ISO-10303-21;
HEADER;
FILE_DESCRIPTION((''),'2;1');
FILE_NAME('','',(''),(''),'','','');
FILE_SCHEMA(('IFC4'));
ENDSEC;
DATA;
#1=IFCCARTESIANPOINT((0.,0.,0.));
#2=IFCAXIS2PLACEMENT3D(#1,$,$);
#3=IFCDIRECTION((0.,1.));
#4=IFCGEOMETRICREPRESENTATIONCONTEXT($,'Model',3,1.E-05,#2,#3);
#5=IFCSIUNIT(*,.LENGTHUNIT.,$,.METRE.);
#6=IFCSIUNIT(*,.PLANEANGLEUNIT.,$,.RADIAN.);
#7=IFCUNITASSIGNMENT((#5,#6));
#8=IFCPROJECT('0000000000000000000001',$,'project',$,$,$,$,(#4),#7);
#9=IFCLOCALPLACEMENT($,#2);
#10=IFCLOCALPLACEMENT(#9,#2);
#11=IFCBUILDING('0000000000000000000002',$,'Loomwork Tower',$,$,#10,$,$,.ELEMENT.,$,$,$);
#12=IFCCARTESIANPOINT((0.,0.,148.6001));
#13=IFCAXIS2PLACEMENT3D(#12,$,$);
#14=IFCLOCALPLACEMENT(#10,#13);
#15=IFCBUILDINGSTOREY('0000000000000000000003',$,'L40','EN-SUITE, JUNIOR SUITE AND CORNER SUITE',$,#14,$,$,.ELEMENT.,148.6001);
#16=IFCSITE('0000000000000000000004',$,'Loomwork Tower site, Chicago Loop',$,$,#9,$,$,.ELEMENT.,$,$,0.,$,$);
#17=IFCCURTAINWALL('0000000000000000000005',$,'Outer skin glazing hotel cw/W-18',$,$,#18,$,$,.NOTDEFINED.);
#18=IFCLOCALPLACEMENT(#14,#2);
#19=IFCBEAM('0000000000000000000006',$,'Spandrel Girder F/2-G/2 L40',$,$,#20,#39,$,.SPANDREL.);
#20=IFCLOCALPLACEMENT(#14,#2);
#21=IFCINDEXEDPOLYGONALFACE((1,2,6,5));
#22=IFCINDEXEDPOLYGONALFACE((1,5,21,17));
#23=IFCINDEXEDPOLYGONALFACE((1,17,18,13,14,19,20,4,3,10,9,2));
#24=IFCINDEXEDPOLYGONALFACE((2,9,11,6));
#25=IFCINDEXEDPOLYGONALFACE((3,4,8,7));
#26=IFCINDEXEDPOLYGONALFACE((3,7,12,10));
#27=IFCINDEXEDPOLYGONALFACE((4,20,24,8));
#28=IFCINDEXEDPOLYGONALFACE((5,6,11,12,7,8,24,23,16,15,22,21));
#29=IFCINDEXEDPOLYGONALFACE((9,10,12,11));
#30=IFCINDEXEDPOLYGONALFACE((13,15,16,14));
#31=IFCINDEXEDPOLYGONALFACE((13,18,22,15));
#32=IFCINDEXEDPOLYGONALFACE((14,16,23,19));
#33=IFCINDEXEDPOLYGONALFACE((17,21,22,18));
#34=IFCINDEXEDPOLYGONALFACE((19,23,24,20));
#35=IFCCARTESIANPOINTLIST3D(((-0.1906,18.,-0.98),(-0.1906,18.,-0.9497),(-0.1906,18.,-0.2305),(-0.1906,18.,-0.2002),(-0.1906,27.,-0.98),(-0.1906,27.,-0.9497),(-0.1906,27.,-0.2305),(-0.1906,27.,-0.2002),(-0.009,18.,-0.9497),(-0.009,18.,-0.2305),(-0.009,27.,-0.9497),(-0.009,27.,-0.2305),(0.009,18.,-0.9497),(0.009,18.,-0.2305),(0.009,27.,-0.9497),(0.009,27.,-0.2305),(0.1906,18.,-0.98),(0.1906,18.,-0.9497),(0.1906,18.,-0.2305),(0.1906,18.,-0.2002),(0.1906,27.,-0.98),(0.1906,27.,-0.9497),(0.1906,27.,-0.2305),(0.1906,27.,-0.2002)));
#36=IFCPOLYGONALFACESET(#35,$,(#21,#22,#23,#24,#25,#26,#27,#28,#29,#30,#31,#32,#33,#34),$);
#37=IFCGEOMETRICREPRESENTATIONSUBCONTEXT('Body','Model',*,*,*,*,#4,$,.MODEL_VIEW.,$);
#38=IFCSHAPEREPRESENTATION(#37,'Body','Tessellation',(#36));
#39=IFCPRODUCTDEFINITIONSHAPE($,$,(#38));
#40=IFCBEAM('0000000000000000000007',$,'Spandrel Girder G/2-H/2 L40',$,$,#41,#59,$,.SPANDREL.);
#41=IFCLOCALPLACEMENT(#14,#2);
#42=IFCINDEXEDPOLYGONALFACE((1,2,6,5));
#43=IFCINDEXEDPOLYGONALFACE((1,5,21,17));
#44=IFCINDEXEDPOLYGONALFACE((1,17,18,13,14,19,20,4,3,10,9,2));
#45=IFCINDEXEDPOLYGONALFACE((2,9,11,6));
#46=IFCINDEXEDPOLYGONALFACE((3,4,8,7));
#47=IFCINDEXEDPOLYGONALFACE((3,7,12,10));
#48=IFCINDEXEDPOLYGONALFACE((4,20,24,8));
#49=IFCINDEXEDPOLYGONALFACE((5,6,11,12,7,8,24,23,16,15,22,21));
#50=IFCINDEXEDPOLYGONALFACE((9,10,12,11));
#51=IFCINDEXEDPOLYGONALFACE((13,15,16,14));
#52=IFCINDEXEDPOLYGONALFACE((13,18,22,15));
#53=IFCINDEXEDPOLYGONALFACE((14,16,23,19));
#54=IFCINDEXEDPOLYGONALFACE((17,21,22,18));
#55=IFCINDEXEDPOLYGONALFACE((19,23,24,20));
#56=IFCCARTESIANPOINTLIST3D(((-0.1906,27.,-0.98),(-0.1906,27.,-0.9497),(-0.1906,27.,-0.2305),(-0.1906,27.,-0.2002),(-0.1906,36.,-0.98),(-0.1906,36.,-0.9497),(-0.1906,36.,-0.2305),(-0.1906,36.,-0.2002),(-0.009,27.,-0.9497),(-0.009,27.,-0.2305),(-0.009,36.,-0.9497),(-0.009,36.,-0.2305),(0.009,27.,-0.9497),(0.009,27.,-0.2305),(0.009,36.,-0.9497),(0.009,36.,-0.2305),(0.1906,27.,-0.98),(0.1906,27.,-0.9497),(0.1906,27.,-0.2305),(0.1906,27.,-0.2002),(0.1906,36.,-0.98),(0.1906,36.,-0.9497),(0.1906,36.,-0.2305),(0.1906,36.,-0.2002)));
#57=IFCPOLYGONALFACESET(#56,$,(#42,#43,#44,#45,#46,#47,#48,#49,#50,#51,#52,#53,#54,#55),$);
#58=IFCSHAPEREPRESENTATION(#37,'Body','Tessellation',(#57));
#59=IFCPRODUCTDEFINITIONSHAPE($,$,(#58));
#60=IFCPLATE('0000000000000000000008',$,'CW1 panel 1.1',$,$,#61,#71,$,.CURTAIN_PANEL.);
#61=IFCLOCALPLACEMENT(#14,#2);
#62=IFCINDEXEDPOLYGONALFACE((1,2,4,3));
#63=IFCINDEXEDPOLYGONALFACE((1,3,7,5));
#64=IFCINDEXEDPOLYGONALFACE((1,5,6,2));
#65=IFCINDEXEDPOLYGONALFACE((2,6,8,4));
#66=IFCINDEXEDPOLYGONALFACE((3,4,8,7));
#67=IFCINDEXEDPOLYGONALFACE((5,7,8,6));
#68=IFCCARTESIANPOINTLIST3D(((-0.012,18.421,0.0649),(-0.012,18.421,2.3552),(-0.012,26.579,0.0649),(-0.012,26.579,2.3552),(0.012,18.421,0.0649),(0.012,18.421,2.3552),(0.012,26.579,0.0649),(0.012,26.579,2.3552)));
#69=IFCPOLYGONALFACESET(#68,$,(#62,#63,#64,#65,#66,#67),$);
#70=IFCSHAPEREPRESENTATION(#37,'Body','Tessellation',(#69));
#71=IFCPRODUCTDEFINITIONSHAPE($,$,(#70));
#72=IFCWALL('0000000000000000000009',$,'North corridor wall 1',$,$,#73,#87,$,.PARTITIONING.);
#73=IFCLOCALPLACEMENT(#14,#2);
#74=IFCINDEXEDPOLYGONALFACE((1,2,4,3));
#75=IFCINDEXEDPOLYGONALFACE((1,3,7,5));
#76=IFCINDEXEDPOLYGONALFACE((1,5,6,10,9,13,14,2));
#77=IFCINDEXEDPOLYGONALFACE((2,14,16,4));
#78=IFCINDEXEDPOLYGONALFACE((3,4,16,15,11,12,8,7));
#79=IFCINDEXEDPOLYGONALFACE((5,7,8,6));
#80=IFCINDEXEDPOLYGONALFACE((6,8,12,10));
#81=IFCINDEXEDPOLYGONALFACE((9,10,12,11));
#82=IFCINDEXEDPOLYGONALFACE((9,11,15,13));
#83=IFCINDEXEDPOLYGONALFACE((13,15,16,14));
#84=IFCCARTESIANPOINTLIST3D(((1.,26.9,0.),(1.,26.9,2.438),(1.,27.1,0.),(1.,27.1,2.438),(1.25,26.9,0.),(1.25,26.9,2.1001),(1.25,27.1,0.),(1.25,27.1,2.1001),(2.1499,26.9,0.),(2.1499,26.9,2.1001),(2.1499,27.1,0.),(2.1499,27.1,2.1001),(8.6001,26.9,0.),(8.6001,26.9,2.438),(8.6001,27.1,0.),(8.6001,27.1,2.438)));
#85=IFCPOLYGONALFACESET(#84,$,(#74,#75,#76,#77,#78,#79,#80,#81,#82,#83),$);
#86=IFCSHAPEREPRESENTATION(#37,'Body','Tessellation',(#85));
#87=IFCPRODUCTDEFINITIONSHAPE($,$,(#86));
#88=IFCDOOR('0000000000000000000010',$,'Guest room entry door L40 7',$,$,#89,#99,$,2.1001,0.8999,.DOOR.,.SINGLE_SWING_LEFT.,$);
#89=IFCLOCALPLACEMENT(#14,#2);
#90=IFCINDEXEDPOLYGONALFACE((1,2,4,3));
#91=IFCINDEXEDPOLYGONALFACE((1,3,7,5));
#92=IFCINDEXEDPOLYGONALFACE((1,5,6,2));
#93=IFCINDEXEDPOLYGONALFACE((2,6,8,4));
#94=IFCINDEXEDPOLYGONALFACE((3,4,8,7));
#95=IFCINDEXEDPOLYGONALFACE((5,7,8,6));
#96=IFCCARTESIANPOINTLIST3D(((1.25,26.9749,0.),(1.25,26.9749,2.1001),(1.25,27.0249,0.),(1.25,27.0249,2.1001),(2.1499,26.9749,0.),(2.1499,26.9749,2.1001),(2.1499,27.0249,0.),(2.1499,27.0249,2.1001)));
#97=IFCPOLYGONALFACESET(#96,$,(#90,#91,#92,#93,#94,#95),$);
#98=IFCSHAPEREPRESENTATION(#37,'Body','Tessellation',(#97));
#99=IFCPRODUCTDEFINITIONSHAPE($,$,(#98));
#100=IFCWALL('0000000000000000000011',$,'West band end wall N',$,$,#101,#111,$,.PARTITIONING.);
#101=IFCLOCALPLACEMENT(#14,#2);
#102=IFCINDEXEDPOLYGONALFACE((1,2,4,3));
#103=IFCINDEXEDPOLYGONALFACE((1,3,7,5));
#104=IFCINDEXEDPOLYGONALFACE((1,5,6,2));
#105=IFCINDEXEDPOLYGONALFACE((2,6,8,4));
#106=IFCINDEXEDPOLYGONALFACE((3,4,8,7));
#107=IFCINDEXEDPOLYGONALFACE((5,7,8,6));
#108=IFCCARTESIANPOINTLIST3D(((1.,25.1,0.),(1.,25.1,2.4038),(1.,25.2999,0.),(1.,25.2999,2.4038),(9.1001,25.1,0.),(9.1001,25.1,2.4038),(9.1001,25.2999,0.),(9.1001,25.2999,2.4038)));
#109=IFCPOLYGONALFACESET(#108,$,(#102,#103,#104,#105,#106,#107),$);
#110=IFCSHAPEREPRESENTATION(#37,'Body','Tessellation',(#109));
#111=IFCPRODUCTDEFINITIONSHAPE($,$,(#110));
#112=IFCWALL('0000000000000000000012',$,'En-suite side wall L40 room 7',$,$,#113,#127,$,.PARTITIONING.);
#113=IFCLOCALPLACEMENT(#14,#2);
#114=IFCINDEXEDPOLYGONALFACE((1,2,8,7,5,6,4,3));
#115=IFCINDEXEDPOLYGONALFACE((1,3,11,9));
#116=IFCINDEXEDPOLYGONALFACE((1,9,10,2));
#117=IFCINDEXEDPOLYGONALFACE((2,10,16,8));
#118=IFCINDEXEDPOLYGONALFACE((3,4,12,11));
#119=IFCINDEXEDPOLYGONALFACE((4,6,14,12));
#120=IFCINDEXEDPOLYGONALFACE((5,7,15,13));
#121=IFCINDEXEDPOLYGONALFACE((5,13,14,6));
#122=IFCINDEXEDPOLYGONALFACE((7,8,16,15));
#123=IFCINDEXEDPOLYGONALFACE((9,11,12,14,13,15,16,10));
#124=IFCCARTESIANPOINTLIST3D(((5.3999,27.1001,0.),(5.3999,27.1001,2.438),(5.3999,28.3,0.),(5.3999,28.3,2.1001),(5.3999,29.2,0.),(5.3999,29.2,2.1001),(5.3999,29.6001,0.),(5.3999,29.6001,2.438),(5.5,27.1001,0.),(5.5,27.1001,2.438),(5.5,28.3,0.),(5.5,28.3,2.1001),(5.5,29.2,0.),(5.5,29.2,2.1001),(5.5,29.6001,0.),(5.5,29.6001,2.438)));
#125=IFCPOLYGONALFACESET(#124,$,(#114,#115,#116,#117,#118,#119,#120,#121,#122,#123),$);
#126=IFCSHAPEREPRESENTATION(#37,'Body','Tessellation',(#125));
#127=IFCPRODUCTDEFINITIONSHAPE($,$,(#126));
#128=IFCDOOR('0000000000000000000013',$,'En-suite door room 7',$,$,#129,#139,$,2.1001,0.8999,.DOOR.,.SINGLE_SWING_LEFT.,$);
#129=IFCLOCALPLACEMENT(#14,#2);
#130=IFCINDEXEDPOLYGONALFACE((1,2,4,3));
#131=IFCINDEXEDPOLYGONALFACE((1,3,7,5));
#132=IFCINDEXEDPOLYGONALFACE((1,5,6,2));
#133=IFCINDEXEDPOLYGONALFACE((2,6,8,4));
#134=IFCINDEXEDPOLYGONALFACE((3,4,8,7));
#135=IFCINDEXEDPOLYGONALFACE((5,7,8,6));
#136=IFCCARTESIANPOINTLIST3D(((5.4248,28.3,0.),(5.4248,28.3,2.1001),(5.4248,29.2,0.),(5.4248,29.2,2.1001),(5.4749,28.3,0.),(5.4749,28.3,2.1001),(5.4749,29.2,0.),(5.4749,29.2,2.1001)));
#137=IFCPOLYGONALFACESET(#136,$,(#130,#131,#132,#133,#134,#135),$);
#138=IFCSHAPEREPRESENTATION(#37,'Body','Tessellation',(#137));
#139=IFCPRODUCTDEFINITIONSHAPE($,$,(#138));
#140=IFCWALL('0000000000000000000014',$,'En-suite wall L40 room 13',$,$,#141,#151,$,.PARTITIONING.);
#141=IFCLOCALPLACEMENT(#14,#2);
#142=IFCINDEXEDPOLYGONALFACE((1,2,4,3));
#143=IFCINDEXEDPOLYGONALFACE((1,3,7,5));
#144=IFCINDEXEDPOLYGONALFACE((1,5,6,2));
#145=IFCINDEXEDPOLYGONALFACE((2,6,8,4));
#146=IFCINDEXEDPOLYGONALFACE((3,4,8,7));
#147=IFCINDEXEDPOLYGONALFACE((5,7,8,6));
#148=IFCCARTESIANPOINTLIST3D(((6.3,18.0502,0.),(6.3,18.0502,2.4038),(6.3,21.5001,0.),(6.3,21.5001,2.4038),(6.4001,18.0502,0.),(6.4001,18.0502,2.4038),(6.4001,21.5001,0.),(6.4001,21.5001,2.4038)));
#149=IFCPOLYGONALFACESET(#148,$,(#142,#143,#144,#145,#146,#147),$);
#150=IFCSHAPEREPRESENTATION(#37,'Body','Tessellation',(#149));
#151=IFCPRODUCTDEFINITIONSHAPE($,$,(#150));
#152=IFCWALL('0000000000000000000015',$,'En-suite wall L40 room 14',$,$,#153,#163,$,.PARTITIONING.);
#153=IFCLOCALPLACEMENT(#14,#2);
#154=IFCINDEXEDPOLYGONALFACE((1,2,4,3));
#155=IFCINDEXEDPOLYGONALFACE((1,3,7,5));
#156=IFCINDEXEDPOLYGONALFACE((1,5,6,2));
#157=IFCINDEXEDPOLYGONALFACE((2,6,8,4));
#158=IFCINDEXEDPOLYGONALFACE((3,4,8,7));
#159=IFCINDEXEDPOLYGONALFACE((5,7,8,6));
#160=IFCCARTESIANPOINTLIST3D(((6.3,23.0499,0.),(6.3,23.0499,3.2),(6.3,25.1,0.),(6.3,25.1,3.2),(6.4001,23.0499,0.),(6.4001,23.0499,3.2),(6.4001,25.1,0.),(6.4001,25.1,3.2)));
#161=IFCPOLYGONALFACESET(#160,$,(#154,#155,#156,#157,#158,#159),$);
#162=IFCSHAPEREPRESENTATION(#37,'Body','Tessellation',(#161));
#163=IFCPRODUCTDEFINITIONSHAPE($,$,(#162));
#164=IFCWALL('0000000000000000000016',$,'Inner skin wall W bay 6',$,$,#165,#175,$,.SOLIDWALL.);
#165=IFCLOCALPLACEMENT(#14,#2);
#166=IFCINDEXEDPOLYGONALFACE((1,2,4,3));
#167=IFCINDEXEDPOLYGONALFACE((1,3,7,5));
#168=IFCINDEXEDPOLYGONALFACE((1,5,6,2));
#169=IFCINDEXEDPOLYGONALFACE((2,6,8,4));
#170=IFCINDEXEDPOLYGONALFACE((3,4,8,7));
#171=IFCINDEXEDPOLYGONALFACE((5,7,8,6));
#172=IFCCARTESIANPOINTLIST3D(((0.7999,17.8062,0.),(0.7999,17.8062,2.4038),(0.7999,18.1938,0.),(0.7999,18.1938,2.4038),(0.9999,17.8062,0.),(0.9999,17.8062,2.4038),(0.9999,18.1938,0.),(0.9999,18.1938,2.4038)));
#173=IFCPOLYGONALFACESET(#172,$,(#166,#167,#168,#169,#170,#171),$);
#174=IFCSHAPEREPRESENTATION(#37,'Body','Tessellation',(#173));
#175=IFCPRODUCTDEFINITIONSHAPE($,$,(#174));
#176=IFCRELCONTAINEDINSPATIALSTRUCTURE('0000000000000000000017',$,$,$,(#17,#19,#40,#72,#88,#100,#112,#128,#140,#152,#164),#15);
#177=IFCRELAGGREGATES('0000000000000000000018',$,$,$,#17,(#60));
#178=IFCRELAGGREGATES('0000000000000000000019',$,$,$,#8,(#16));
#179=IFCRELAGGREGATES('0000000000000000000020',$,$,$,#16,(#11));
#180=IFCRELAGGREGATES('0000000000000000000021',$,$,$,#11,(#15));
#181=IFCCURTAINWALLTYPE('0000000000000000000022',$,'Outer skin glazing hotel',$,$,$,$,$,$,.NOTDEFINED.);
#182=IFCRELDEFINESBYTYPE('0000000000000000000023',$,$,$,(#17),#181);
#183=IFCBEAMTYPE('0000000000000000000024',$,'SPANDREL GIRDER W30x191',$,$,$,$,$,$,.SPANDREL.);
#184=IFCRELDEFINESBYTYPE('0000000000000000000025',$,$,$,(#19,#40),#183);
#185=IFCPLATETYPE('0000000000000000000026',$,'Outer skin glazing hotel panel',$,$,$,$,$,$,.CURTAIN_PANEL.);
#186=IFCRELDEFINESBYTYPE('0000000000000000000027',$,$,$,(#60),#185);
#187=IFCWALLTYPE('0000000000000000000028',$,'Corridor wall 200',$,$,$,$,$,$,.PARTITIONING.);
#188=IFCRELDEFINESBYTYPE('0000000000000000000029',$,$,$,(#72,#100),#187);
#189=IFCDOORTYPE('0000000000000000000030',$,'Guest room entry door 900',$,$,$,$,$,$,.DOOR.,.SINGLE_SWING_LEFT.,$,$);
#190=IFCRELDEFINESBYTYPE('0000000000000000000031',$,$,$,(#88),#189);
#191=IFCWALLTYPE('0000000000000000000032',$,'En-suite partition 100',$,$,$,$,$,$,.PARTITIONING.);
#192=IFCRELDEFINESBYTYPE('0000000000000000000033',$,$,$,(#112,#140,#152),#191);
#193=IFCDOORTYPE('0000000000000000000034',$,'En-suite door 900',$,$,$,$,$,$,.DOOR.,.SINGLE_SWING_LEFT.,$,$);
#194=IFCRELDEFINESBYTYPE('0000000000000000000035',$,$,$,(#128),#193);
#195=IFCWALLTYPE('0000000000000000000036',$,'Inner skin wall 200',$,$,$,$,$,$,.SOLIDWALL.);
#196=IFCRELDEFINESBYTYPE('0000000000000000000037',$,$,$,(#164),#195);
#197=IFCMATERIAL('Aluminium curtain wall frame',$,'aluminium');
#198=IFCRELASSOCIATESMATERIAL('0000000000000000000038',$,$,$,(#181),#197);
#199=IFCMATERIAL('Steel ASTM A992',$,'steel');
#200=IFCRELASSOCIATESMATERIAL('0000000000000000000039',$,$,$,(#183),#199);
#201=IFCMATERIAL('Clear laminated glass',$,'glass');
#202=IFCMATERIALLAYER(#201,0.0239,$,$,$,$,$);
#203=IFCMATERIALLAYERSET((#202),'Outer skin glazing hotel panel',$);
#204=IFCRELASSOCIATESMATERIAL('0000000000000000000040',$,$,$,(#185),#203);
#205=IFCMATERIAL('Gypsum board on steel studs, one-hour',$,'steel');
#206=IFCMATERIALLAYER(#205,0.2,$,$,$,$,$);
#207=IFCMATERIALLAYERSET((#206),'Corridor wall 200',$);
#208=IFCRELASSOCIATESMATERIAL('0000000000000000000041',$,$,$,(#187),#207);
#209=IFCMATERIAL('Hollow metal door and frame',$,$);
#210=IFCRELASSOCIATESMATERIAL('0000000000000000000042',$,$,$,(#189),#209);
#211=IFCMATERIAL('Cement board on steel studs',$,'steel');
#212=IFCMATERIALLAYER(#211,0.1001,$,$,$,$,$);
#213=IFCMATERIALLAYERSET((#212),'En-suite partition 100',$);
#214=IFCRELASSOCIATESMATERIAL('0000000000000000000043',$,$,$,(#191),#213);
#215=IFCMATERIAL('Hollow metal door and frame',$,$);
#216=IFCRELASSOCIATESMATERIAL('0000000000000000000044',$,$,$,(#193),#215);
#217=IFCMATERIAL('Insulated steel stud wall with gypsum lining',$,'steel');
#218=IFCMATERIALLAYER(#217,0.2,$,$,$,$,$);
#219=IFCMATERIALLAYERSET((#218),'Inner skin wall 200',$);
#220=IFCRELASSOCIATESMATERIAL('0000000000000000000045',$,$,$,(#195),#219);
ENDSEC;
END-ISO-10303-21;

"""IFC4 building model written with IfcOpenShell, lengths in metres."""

from ifc_helpers import new_model, si_unit, direction, frame, frame_2d, origin, origin_2d, place, context, subcontext, project, spatial, rectangle, i_section, extrude, material, layer, layer_set, material_profile, profile_set, type_object, element, fill, aggregate, save


model = new_model("IFC4")

# Units and contexts
model_context = context("Model", 3, precision=1e-05, world=origin(), true_north=direction((0.0, 1.0)))
body_context = subcontext(model_context, "Body", "Model", "MODEL_VIEW")
ifc_project = project(units=[si_unit("LENGTHUNIT", "METRE"), si_unit("PLANEANGLEUNIT", "RADIAN")], contexts=[model_context])

# Site, building, storey
site_placement = place(None, origin())
site = spatial("IfcSite", under=ifc_project, at=site_placement, Name="Loomwork Tower site, Chicago Loop", CompositionType="ELEMENT", RefElevation=0.0)
building_placement = place(site_placement, origin())
building = spatial("IfcBuilding", under=site, at=building_placement, Name="Loomwork Tower", CompositionType="ELEMENT")
storey_placement = place(building_placement, frame((0.0, 0.0, 148.6001)))
storey = spatial("IfcBuildingStorey", under=building, at=storey_placement, Name="L40", Description="EN-SUITE, JUNIOR SUITE AND CORNER SUITE", CompositionType="ELEMENT", Elevation=148.6001)

# Curtain wall
ifc_material_1 = material(Name="Aluminium curtain wall frame", Category="aluminium")
curtain_wall_type = type_object("IfcCurtainWallType", Name="Outer skin glazing hotel", PredefinedType="NOTDEFINED", material=ifc_material_1)
curtain_wall_placement = place(storey_placement, origin())
curtain_wall = element("IfcCurtainWall", 1, at=curtain_wall_placement, inside=storey, type_object=curtain_wall_type, Name="Outer skin glazing hotel cw/W-18", PredefinedType="NOTDEFINED")

# Beams
ifc_material_2 = material(Name="Steel ASTM A992", Category="steel")
ifc_material_profile_1 = material_profile(ifc_material_2, i_section(OverallWidth=0.3811, OverallDepth=0.7798, WebThickness=0.0181, FlangeThickness=0.0303, at=origin_2d()), Name="W30x191")
ifc_profile_set_1 = profile_set([ifc_material_profile_1], Name="Steel ASTM A992")
beam_type_1 = type_object("IfcBeamType", Name="SPANDREL GIRDER W30x191", PredefinedType="SPANDREL", material=ifc_profile_set_1)
for number, where, z_axis, x_axis, name in (
    (2, (0.0, 18.0, -0.5901), (0.0, 1.0, 0.0), (-1.0, 0.0, 0.0), "Spandrel Girder F/2-G/2 L40"),
    (3, (0.0, 27.0, -0.5901), (0.0, 1.0, 0.0), (-1.0, 0.0, 0.0), "Spandrel Girder G/2-H/2 L40"),
):
    element("IfcBeam", number, at=place(storey_placement, frame(where, z_axis=z_axis, x_axis=x_axis)), inside=storey, type_object=beam_type_1, Name=name, PredefinedType="SPANDREL", context=body_context, shape_type="SweptSolid", body=[
        extrude(i_section(OverallWidth=0.3811, OverallDepth=0.7798, WebThickness=0.0181, FlangeThickness=0.0303, at=origin_2d()), origin(), (0.0, 0.0, 1.0), 9.0),
    ])

# Plate
ifc_material_3 = material(Name="Clear laminated glass", Category="glass")
ifc_layer_1 = layer(ifc_material_3, 0.0239)
ifc_layer_set_1 = layer_set([ifc_layer_1], Name="Outer skin glazing hotel panel")
plate_type = type_object("IfcPlateType", Name="Outer skin glazing hotel panel", PredefinedType="CURTAIN_PANEL", material=ifc_layer_set_1)
plate_placement = place(storey_placement, frame((0.0, 22.5, 0.0649), z_axis=(0.0, 0.0, 1.0), x_axis=(0.0, -1.0, 0.0)))
plate = element("IfcPlate", 4, at=plate_placement, type_object=plate_type, Name="CW1 panel 1.1", PredefinedType="CURTAIN_PANEL", context=body_context, shape_type="SweptSolid", body=[
    extrude(rectangle(XDim=8.158, YDim=0.0239, at=origin_2d()), origin(), (0.0, 0.0, 1.0), 2.2903),
])
aggregate(curtain_wall, [plate])

# Wall, opening, door
ifc_material_4 = material(Name="Gypsum board on steel studs, one-hour", Category="steel")
ifc_layer_2 = layer(ifc_material_4, 0.2)
ifc_layer_set_2 = layer_set([ifc_layer_2], Name="Corridor wall 200")
wall_type_1 = type_object("IfcWallType", Name="Corridor wall 200", PredefinedType="PARTITIONING", material=ifc_layer_set_2)
wall_1_placement = place(storey_placement, frame((1.0, 27.0, 0.0), z_axis=(0.0, 0.0, 1.0), x_axis=(1.0, 0.0, 0.0)))
wall_1 = element("IfcWall", 5, at=wall_1_placement, inside=storey, type_object=wall_type_1, Name="North corridor wall 1", PredefinedType="PARTITIONING", context=body_context, shape_type="SweptSolid", body=[
    extrude(rectangle(XDim=7.6001, YDim=0.2, at=frame_2d((3.8, 0.0))), origin(), (0.0, 0.0, 1.0), 2.438),
])
opening_1_placement = place(wall_1_placement, frame((0.25, 0.0, 0.0)))
opening_1 = element("IfcOpeningElement", 6, at=opening_1_placement, cuts=wall_1, PredefinedType="OPENING", context=body_context, shape_type="SweptSolid", body=[
    extrude(rectangle(XDim=0.8999, YDim=2.1001, at=frame_2d((0.45, 1.05))), frame((0.0, 0.1099, 0.0), z_axis=(0.0, -1.0, 0.0), x_axis=(1.0, 0.0, 0.0)), (0.0, 0.0, 1.0), 0.22),
])
ifc_material_5 = material(Name="Hollow metal door and frame")
door_type_1 = type_object("IfcDoorType", Name="Guest room entry door 900", OperationType="SINGLE_SWING_LEFT", PredefinedType="DOOR", material=ifc_material_5)
door_1_placement = place(opening_1_placement, origin())
door_1 = element("IfcDoor", 7, at=door_1_placement, inside=storey, type_object=door_type_1, Name="Guest room entry door L40 7", OperationType="SINGLE_SWING_LEFT", OverallHeight=2.1001, OverallWidth=0.8999, PredefinedType="DOOR", context=body_context, shape_type="SweptSolid", body=[
    extrude(rectangle(XDim=0.8999, YDim=2.1001, at=frame_2d((0.45, 1.05))), frame((0.0, 0.0249, 0.0), z_axis=(0.0, -1.0, 0.0), x_axis=(1.0, 0.0, 0.0)), (0.0, 0.0, 1.0), 0.05),
])
fill(opening_1, door_1)

# Wall
wall_2_placement = place(storey_placement, frame((1.0, 25.2, 0.0), z_axis=(0.0, 0.0, 1.0), x_axis=(1.0, 0.0, 0.0)))
element("IfcWall", 8, at=wall_2_placement, inside=storey, type_object=wall_type_1, Name="West band end wall N", PredefinedType="PARTITIONING", context=body_context, shape_type="SweptSolid", body=[
    extrude(rectangle(XDim=8.1001, YDim=0.2, at=frame_2d((4.05, 0.0))), origin(), (0.0, 0.0, 1.0), 2.4038),
])

# Wall, opening, door
ifc_material_6 = material(Name="Cement board on steel studs", Category="steel")
ifc_layer_3 = layer(ifc_material_6, 0.1001)
ifc_layer_set_3 = layer_set([ifc_layer_3], Name="En-suite partition 100")
wall_type_2 = type_object("IfcWallType", Name="En-suite partition 100", PredefinedType="PARTITIONING", material=ifc_layer_set_3)
wall_3_placement = place(storey_placement, frame((5.45, 27.1001, 0.0), z_axis=(0.0, 0.0, 1.0), x_axis=(0.0, 1.0, 0.0)))
wall_3 = element("IfcWall", 9, at=wall_3_placement, inside=storey, type_object=wall_type_2, Name="En-suite side wall L40 room 7", PredefinedType="PARTITIONING", context=body_context, shape_type="SweptSolid", body=[
    extrude(rectangle(XDim=2.5, YDim=0.1001, at=frame_2d((1.25, 0.0))), origin(), (0.0, 0.0, 1.0), 2.438),
])
opening_2_placement = place(wall_3_placement, frame((1.2, 0.0, 0.0)))
opening_2 = element("IfcOpeningElement", 10, at=opening_2_placement, cuts=wall_3, PredefinedType="OPENING", context=body_context, shape_type="SweptSolid", body=[
    extrude(rectangle(XDim=0.8999, YDim=2.1001, at=frame_2d((0.45, 1.05))), frame((0.0, 0.0601, 0.0), z_axis=(0.0, -1.0, 0.0), x_axis=(1.0, 0.0, 0.0)), (0.0, 0.0, 1.0), 0.1201),
])
ifc_material_7 = material(Name="Hollow metal door and frame")
door_type_2 = type_object("IfcDoorType", Name="En-suite door 900", OperationType="SINGLE_SWING_LEFT", PredefinedType="DOOR", material=ifc_material_7)
door_2_placement = place(opening_2_placement, frame((0.8999, 0.0, 0.0), z_axis=(0.0, 0.0, 1.0), x_axis=(-1.0, 0.0, 0.0)))
door_2 = element("IfcDoor", 11, at=door_2_placement, inside=storey, type_object=door_type_2, Name="En-suite door room 7", OperationType="SINGLE_SWING_LEFT", OverallHeight=2.1001, OverallWidth=0.8999, PredefinedType="DOOR", context=body_context, shape_type="SweptSolid", body=[
    extrude(rectangle(XDim=0.8999, YDim=2.1001, at=frame_2d((0.45, 1.05))), frame((0.0, 0.0249, 0.0), z_axis=(0.0, -1.0, 0.0), x_axis=(1.0, 0.0, 0.0)), (0.0, 0.0, 1.0), 0.05),
])
fill(opening_2, door_2)

# Walls
wall_4_placement = place(storey_placement, frame((6.3501, 18.05, 0.0), z_axis=(0.0, 0.0, 1.0), x_axis=(0.0, 1.0, 0.0)))
element("IfcWall", 12, at=wall_4_placement, inside=storey, type_object=wall_type_2, Name="En-suite wall L40 room 13", PredefinedType="PARTITIONING", context=body_context, shape_type="SweptSolid", body=[
    extrude(rectangle(XDim=3.45, YDim=0.1001, at=frame_2d((1.7251, 0.0))), origin(), (0.0, 0.0, 1.0), 2.4038),
])
wall_5_placement = place(storey_placement, frame((6.3501, 23.05, 0.0), z_axis=(0.0, 0.0, 1.0), x_axis=(0.0, 1.0, 0.0)))
element("IfcWall", 13, at=wall_5_placement, inside=storey, type_object=wall_type_2, Name="En-suite wall L40 room 14", PredefinedType="PARTITIONING", context=body_context, shape_type="SweptSolid", body=[
    extrude(rectangle(XDim=2.05, YDim=0.1001, at=frame_2d((1.0249, 0.0))), origin(), (0.0, 0.0, 1.0), 3.2),
])
ifc_material_8 = material(Name="Insulated steel stud wall with gypsum lining", Category="steel")
ifc_layer_4 = layer(ifc_material_8, 0.2)
ifc_layer_set_4 = layer_set([ifc_layer_4], Name="Inner skin wall 200")
wall_type_3 = type_object("IfcWallType", Name="Inner skin wall 200", PredefinedType="SOLIDWALL", material=ifc_layer_set_4)
wall_6_placement = place(storey_placement, frame((0.8999, 17.8062, 0.0), z_axis=(0.0, 0.0, 1.0), x_axis=(0.0, 1.0, 0.0)))
element("IfcWall", 14, at=wall_6_placement, inside=storey, type_object=wall_type_3, Name="Inner skin wall W bay 6", PredefinedType="SOLIDWALL", context=body_context, shape_type="SweptSolid", body=[
    extrude(rectangle(XDim=0.3877, YDim=0.2, at=frame_2d((0.1938, 0.0))), origin(), (0.0, 0.0, 1.0), 2.4038),
])

save(model, "model.ifc")
